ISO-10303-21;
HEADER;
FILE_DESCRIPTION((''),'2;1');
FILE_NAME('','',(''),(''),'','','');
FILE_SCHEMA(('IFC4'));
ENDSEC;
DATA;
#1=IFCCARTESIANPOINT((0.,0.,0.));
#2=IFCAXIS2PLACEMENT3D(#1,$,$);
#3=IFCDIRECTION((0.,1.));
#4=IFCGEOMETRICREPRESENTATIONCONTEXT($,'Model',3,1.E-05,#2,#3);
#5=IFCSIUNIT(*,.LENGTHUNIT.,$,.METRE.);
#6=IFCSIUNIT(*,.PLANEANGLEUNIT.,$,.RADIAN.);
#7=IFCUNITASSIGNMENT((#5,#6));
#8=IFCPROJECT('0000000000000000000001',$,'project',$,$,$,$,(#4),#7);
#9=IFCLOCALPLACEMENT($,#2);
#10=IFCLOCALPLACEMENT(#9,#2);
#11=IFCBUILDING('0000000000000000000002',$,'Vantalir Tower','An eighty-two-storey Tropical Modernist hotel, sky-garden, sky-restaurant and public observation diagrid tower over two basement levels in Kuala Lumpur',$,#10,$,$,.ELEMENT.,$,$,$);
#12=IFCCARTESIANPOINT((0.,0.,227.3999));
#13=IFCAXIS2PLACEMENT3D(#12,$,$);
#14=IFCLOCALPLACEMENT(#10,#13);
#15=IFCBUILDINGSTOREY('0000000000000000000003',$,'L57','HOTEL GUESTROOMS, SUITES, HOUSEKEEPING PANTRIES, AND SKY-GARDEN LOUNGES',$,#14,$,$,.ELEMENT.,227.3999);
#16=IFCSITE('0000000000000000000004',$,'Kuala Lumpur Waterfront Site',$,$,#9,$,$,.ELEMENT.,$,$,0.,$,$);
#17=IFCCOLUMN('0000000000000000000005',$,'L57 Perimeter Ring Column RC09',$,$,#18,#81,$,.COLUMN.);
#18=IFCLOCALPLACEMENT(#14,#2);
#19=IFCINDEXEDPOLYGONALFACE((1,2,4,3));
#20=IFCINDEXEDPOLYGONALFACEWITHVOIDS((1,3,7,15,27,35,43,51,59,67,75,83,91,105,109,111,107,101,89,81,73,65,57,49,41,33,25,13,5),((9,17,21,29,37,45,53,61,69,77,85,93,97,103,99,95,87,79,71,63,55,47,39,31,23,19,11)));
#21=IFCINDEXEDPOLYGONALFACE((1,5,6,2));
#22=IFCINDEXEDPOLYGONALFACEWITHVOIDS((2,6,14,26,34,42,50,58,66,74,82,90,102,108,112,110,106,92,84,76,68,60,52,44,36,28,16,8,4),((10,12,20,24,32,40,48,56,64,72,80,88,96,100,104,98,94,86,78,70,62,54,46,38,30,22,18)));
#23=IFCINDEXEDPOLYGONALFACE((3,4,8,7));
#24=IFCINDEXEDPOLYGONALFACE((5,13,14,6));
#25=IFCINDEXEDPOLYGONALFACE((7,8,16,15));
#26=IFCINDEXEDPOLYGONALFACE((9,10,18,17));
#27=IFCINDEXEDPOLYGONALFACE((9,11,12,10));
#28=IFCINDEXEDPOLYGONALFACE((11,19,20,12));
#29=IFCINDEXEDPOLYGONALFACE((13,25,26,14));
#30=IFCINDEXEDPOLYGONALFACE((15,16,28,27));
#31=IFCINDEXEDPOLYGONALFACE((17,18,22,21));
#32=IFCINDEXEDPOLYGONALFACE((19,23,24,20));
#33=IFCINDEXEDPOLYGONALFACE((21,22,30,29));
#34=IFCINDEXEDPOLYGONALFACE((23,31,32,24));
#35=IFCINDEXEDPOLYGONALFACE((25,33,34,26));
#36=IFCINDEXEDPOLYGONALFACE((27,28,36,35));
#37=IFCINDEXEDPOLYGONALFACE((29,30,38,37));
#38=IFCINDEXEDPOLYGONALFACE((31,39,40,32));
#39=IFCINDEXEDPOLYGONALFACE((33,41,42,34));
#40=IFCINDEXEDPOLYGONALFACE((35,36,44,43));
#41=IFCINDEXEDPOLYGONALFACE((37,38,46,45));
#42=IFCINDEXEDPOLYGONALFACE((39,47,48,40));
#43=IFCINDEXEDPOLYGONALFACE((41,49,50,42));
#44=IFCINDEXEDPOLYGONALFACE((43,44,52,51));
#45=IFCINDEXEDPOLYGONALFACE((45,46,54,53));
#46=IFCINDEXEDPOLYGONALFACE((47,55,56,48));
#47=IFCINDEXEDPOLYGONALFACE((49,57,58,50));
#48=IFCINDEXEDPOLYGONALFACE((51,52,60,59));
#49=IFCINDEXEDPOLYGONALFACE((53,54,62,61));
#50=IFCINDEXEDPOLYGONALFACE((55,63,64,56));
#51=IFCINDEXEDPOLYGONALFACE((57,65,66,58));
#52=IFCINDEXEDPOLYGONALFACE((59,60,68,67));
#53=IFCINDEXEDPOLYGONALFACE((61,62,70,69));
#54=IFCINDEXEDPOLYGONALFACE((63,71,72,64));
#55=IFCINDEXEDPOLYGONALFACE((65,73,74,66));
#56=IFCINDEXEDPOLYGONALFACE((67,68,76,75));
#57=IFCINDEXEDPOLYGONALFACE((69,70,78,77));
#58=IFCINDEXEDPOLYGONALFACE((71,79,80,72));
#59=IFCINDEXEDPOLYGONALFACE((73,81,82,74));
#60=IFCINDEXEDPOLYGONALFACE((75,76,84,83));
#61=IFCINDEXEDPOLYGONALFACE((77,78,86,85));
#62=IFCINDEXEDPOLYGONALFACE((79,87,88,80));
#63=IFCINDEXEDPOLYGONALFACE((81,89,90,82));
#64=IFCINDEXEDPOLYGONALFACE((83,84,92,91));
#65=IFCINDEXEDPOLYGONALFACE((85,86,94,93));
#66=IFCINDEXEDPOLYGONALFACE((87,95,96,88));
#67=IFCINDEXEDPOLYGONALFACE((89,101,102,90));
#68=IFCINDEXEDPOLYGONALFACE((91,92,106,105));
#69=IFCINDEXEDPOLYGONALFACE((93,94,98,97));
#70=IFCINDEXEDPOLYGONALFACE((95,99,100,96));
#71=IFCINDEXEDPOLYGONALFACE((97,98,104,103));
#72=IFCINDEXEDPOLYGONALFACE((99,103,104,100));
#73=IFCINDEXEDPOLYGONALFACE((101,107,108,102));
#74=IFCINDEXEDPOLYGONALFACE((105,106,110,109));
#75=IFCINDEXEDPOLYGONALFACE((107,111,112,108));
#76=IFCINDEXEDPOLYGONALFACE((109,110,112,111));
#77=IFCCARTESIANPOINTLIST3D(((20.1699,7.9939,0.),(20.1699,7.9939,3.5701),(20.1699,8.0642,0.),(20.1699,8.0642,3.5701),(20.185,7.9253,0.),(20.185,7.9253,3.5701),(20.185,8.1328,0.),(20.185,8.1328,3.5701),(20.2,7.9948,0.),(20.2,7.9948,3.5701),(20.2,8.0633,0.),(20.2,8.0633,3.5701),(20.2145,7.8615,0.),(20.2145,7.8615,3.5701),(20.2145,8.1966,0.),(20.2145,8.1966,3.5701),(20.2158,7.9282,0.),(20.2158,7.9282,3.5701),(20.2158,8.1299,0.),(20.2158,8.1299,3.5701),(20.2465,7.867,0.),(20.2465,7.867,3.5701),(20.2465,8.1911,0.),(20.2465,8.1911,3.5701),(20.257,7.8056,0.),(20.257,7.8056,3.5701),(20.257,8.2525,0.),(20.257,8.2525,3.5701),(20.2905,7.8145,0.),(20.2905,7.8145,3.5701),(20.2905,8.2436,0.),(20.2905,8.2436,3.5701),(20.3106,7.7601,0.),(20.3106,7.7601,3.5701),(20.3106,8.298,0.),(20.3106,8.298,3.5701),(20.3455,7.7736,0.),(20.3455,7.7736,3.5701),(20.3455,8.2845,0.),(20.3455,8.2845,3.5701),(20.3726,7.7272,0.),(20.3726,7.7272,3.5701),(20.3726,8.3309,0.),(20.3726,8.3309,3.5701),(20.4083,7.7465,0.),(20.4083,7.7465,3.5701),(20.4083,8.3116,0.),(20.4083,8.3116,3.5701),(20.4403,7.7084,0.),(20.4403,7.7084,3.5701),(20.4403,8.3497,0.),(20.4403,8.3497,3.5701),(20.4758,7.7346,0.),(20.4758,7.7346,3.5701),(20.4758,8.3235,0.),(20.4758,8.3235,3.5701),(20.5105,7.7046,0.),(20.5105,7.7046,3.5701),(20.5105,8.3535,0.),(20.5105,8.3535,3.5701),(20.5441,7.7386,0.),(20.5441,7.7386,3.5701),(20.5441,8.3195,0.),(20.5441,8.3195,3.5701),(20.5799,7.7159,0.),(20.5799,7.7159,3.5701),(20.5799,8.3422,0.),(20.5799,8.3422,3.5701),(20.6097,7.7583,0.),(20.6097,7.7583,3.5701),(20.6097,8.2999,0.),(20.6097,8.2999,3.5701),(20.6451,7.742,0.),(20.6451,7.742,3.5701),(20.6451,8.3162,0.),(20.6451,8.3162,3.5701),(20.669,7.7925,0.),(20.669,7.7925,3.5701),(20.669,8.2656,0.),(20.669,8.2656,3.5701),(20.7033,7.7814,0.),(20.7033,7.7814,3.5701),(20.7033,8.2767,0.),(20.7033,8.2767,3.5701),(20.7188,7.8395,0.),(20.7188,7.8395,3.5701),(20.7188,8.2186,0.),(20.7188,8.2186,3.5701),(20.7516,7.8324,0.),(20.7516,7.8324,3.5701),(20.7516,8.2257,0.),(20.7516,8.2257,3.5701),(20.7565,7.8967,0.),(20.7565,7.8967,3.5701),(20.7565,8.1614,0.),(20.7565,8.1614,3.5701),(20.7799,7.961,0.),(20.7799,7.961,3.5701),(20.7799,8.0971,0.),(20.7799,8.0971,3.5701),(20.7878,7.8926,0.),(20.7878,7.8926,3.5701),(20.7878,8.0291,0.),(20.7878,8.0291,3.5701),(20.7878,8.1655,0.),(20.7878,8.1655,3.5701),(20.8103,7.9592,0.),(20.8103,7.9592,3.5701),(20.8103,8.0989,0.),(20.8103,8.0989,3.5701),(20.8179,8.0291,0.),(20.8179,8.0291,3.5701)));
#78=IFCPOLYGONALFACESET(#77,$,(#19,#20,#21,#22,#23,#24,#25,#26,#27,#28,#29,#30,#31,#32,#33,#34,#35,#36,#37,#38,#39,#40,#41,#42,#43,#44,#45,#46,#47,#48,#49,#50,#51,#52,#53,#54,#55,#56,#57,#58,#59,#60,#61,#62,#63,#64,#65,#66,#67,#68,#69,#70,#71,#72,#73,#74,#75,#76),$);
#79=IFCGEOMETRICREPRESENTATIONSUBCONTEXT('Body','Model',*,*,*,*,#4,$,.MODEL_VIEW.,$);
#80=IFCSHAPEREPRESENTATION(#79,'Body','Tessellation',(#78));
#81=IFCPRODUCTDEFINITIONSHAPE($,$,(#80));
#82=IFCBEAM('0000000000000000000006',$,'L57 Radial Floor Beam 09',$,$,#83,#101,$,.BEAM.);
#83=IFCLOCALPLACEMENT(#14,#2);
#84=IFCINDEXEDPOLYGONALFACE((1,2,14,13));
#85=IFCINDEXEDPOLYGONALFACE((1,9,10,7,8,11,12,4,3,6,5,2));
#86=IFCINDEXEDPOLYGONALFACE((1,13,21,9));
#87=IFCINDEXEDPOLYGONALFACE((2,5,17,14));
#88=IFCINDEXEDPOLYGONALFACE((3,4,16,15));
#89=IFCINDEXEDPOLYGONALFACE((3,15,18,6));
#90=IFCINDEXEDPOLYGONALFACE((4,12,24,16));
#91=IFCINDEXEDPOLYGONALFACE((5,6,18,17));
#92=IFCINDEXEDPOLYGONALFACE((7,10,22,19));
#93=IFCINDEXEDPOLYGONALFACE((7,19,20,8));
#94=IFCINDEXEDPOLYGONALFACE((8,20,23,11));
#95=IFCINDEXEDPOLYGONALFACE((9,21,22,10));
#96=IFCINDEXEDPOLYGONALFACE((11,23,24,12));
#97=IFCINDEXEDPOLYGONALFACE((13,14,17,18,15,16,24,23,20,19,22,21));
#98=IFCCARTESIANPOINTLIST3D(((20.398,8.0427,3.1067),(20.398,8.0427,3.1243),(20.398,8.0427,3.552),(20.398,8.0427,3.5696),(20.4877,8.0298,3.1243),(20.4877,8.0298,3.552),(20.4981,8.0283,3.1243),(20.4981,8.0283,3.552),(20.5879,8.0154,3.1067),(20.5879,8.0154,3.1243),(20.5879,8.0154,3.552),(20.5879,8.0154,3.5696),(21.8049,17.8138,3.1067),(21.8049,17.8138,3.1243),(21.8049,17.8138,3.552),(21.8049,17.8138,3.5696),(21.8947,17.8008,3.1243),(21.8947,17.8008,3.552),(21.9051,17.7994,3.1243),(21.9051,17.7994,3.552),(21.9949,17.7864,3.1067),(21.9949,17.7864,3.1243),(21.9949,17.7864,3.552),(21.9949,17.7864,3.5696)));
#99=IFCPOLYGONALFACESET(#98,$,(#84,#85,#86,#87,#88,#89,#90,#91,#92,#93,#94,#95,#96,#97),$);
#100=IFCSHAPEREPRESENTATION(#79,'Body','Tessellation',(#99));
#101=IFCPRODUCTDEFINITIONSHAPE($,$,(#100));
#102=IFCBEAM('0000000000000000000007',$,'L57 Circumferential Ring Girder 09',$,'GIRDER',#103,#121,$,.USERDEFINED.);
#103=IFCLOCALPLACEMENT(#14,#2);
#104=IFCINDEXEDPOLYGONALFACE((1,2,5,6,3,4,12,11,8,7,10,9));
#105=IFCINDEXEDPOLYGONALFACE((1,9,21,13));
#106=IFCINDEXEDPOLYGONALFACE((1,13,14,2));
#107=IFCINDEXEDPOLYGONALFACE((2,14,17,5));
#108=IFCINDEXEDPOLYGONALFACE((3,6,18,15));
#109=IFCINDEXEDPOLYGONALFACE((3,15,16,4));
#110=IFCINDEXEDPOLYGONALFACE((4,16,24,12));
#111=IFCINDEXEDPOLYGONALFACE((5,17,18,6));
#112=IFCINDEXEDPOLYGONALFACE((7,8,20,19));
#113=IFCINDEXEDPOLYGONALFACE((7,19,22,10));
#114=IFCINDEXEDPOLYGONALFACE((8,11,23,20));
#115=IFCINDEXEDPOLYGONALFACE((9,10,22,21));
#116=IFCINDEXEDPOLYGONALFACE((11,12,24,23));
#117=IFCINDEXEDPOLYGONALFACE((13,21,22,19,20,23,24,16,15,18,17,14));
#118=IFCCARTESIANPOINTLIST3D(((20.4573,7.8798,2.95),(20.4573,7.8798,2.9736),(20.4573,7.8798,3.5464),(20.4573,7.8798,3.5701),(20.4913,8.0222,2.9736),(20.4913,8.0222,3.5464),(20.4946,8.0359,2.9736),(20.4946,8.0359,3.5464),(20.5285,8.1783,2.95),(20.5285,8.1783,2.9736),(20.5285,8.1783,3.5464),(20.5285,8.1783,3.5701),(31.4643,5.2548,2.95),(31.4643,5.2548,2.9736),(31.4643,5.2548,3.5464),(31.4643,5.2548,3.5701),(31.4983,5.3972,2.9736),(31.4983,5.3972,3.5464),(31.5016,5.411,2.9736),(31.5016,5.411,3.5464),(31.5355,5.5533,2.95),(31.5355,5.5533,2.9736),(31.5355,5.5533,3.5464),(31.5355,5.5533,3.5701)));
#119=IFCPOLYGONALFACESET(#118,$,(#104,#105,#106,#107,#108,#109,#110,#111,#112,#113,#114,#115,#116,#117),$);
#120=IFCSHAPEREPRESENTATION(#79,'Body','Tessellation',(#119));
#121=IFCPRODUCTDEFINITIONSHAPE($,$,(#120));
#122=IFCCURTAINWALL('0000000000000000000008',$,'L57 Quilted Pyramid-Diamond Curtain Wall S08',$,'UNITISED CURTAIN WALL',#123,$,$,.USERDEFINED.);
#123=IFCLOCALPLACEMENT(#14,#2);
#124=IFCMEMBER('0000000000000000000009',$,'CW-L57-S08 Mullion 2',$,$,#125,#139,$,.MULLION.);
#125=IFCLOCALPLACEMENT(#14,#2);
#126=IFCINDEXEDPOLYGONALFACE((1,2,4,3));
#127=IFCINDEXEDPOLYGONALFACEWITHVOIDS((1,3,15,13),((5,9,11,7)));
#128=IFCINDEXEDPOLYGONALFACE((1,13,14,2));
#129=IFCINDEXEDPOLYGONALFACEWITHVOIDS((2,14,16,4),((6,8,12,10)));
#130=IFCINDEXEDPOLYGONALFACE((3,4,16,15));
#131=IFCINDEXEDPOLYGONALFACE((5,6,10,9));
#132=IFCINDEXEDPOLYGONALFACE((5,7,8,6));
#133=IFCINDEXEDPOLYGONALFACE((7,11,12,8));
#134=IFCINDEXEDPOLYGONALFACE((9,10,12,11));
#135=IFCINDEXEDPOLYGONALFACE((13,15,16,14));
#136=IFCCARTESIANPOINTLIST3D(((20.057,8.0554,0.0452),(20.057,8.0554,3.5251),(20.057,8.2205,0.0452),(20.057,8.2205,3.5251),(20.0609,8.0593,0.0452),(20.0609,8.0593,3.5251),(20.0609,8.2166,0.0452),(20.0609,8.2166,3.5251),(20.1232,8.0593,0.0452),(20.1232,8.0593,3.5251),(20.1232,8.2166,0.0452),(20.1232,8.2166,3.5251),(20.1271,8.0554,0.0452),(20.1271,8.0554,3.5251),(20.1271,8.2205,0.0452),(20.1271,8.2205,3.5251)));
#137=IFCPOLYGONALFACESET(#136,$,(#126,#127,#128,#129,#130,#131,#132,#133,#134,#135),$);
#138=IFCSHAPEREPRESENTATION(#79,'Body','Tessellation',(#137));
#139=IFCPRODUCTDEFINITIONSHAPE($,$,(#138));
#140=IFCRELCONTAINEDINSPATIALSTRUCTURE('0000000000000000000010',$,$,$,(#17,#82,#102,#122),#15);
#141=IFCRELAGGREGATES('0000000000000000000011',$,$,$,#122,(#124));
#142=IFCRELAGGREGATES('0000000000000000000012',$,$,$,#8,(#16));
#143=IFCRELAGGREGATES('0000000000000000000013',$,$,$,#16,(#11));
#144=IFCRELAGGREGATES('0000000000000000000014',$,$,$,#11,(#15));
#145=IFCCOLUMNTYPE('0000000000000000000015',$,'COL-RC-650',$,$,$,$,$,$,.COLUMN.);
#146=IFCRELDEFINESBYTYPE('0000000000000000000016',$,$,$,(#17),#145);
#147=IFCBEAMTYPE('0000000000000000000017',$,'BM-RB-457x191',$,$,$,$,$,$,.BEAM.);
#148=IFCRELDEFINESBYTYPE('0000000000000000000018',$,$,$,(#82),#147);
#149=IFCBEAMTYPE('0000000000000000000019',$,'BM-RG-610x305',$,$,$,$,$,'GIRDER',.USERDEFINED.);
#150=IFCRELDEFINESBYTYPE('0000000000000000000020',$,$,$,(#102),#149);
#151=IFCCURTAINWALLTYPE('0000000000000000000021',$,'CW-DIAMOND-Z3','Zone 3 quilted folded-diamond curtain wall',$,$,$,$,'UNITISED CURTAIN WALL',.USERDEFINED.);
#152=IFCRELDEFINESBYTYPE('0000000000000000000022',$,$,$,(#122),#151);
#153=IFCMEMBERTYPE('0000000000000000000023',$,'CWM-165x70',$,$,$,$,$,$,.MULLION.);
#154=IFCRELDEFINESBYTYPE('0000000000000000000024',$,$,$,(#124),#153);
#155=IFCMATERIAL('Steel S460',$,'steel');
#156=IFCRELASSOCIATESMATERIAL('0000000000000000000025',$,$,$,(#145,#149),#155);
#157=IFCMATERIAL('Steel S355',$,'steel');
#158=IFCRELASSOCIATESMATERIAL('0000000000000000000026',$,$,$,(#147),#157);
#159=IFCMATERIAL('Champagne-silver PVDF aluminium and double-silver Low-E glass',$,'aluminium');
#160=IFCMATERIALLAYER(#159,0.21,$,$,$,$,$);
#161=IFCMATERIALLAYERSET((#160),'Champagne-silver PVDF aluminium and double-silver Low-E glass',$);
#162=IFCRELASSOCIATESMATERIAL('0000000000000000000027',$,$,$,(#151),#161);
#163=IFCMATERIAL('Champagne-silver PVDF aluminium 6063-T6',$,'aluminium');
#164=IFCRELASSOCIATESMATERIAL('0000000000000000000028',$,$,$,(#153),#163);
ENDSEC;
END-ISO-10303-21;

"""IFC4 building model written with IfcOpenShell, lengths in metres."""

from ifc_helpers import new_model, si_unit, direction, frame, origin, origin_2d, place, context, subcontext, project, spatial, hollow_rectangle, hollow_circle, i_section, extrude, material, layer, layer_set, material_profile, profile_set, type_object, element, aggregate, save


model = new_model("IFC4")

# Units and contexts
model_context = context("Model", 3, precision=1e-05, world=origin(), true_north=direction((0.0, 1.0)))
body_context = subcontext(model_context, "Body", "Model", "MODEL_VIEW")
ifc_project = project(units=[si_unit("LENGTHUNIT", "METRE"), si_unit("PLANEANGLEUNIT", "RADIAN")], contexts=[model_context])

# Site, building, storey
site_placement = place(None, origin())
site = spatial("IfcSite", under=ifc_project, at=site_placement, Name="Kuala Lumpur Waterfront Site", CompositionType="ELEMENT", RefElevation=0.0)
building_placement = place(site_placement, origin())
building = spatial("IfcBuilding", under=site, at=building_placement, Name="Vantalir Tower", Description="An eighty-two-storey Tropical Modernist hotel, sky-garden, sky-restaurant and public observation diagrid tower over two basement levels in Kuala Lumpur", CompositionType="ELEMENT")
storey_placement = place(building_placement, frame((0.0, 0.0, 227.3999)))
storey = spatial("IfcBuildingStorey", under=building, at=storey_placement, Name="L57", Description="HOTEL GUESTROOMS, SUITES, HOUSEKEEPING PANTRIES, AND SKY-GARDEN LOUNGES", CompositionType="ELEMENT", Elevation=227.3999)

# Column
ifc_material_1 = material(Name="Steel S460", Category="steel")
ifc_material_profile_1 = material_profile(ifc_material_1, hollow_circle(Radius=0.325, WallThickness=0.03, at=origin_2d()), Name="Steel S460")
ifc_profile_set_1 = profile_set([ifc_material_profile_1], Name="Steel S460")
column_type = type_object("IfcColumnType", Name="COL-RC-650", PredefinedType="COLUMN", material=ifc_profile_set_1)
column_placement = place(storey_placement, frame((20.4929, 8.0291, 0.0), z_axis=(0.0, 0.0, 1.0), x_axis=(1.0, 0.0, 0.0)))
element("IfcColumn", 1, at=column_placement, inside=storey, type_object=column_type, Name="L57 Perimeter Ring Column RC09", PredefinedType="COLUMN", context=body_context, shape_type="SweptSolid", body=[
    extrude(hollow_circle(Radius=0.325, WallThickness=0.03, at=origin_2d()), origin(), (0.0, 0.0, 1.0), 3.5701),
])

# Beams
ifc_material_2 = material(Name="Steel S355", Category="steel")
ifc_material_profile_2 = material_profile(ifc_material_2, i_section(OverallWidth=0.1919, OverallDepth=0.4629, WebThickness=0.0105, FlangeThickness=0.0176, at=origin_2d()), Name="Steel S355")
ifc_profile_set_2 = profile_set([ifc_material_profile_2], Name="Steel S355")
beam_type_1 = type_object("IfcBeamType", Name="BM-RB-457x191", PredefinedType="BEAM", material=ifc_profile_set_2)
beam_1_placement = place(storey_placement, frame((20.4929, 8.0291, 3.3381), z_axis=(0.142526, 0.989791, 0.0), x_axis=(-0.989791, 0.142526, 0.0)))
element("IfcBeam", 2, at=beam_1_placement, inside=storey, type_object=beam_type_1, Name="L57 Radial Floor Beam 09", PredefinedType="BEAM", context=body_context, shape_type="SweptSolid", body=[
    extrude(i_section(OverallWidth=0.1919, OverallDepth=0.4629, WebThickness=0.0105, FlangeThickness=0.0176, at=origin_2d()), origin(), (0.0, 0.0, 1.0), 9.8718),
])
ifc_material_profile_3 = material_profile(ifc_material_1, i_section(OverallWidth=0.3069, OverallDepth=0.6201, WebThickness=0.0142, FlangeThickness=0.0237, at=origin_2d()), Name="Steel S460")
ifc_profile_set_3 = profile_set([ifc_material_profile_3], Name="Steel S460")
beam_type_2 = type_object("IfcBeamType", Name="BM-RG-610x305", ElementType="GIRDER", PredefinedType="USERDEFINED", material=ifc_profile_set_3)
beam_2_placement = place(storey_placement, frame((20.4929, 8.0291, 3.26), z_axis=(0.972721, -0.231977, 0.0), x_axis=(0.231977, 0.972721, 0.0)))
element("IfcBeam", 3, at=beam_2_placement, inside=storey, type_object=beam_type_2, Name="L57 Circumferential Ring Girder 09", ObjectType="GIRDER", PredefinedType="USERDEFINED", context=body_context, shape_type="SweptSolid", body=[
    extrude(i_section(OverallWidth=0.3069, OverallDepth=0.6201, WebThickness=0.0142, FlangeThickness=0.0237, at=origin_2d()), origin(), (0.0, 0.0, 1.0), 11.3157),
])

# Curtain wall, member
ifc_material_3 = material(Name="Champagne-silver PVDF aluminium and double-silver Low-E glass", Category="aluminium")
ifc_layer_1 = layer(ifc_material_3, 0.21)
ifc_layer_set_1 = layer_set([ifc_layer_1], Name="Champagne-silver PVDF aluminium and double-silver Low-E glass")
curtain_wall_type = type_object("IfcCurtainWallType", Name="CW-DIAMOND-Z3", Description="Zone 3 quilted folded-diamond curtain wall", ElementType="UNITISED CURTAIN WALL", PredefinedType="USERDEFINED", material=ifc_layer_set_1)
curtain_wall_placement = place(storey_placement, origin())
curtain_wall = element("IfcCurtainWall", 4, at=curtain_wall_placement, inside=storey, type_object=curtain_wall_type, Name="L57 Quilted Pyramid-Diamond Curtain Wall S08", ObjectType="UNITISED CURTAIN WALL", PredefinedType="USERDEFINED")
ifc_material_4 = material(Name="Champagne-silver PVDF aluminium 6063-T6", Category="aluminium")
ifc_material_profile_4 = material_profile(ifc_material_4, hollow_rectangle(XDim=0.0701, YDim=0.165, WallThickness=0.0039, at=origin_2d()), Name="Champagne-silver PVDF aluminium 6063-T6")
ifc_profile_set_4 = profile_set([ifc_material_profile_4], Name="Champagne-silver PVDF aluminium 6063-T6")
member_type_1 = type_object("IfcMemberType", Name="CWM-165x70", PredefinedType="MULLION", material=ifc_profile_set_4)
member_1_placement = place(storey_placement, frame((20.092, 8.1379, 0.0452), z_axis=(0.0, 0.0, 1.0), x_axis=(1.0, 0.0, 0.0)))
member_1 = element("IfcMember", 5, at=member_1_placement, type_object=member_type_1, Name="CW-L57-S08 Mullion 2", PredefinedType="MULLION", context=body_context, shape_type="SweptSolid", body=[
    extrude(hollow_rectangle(XDim=0.0701, YDim=0.165, WallThickness=0.0039, at=origin_2d()), origin(), (0.0, 0.0, 1.0), 3.48),
])
aggregate(curtain_wall, [member_1])

save(model, "model.ifc")
